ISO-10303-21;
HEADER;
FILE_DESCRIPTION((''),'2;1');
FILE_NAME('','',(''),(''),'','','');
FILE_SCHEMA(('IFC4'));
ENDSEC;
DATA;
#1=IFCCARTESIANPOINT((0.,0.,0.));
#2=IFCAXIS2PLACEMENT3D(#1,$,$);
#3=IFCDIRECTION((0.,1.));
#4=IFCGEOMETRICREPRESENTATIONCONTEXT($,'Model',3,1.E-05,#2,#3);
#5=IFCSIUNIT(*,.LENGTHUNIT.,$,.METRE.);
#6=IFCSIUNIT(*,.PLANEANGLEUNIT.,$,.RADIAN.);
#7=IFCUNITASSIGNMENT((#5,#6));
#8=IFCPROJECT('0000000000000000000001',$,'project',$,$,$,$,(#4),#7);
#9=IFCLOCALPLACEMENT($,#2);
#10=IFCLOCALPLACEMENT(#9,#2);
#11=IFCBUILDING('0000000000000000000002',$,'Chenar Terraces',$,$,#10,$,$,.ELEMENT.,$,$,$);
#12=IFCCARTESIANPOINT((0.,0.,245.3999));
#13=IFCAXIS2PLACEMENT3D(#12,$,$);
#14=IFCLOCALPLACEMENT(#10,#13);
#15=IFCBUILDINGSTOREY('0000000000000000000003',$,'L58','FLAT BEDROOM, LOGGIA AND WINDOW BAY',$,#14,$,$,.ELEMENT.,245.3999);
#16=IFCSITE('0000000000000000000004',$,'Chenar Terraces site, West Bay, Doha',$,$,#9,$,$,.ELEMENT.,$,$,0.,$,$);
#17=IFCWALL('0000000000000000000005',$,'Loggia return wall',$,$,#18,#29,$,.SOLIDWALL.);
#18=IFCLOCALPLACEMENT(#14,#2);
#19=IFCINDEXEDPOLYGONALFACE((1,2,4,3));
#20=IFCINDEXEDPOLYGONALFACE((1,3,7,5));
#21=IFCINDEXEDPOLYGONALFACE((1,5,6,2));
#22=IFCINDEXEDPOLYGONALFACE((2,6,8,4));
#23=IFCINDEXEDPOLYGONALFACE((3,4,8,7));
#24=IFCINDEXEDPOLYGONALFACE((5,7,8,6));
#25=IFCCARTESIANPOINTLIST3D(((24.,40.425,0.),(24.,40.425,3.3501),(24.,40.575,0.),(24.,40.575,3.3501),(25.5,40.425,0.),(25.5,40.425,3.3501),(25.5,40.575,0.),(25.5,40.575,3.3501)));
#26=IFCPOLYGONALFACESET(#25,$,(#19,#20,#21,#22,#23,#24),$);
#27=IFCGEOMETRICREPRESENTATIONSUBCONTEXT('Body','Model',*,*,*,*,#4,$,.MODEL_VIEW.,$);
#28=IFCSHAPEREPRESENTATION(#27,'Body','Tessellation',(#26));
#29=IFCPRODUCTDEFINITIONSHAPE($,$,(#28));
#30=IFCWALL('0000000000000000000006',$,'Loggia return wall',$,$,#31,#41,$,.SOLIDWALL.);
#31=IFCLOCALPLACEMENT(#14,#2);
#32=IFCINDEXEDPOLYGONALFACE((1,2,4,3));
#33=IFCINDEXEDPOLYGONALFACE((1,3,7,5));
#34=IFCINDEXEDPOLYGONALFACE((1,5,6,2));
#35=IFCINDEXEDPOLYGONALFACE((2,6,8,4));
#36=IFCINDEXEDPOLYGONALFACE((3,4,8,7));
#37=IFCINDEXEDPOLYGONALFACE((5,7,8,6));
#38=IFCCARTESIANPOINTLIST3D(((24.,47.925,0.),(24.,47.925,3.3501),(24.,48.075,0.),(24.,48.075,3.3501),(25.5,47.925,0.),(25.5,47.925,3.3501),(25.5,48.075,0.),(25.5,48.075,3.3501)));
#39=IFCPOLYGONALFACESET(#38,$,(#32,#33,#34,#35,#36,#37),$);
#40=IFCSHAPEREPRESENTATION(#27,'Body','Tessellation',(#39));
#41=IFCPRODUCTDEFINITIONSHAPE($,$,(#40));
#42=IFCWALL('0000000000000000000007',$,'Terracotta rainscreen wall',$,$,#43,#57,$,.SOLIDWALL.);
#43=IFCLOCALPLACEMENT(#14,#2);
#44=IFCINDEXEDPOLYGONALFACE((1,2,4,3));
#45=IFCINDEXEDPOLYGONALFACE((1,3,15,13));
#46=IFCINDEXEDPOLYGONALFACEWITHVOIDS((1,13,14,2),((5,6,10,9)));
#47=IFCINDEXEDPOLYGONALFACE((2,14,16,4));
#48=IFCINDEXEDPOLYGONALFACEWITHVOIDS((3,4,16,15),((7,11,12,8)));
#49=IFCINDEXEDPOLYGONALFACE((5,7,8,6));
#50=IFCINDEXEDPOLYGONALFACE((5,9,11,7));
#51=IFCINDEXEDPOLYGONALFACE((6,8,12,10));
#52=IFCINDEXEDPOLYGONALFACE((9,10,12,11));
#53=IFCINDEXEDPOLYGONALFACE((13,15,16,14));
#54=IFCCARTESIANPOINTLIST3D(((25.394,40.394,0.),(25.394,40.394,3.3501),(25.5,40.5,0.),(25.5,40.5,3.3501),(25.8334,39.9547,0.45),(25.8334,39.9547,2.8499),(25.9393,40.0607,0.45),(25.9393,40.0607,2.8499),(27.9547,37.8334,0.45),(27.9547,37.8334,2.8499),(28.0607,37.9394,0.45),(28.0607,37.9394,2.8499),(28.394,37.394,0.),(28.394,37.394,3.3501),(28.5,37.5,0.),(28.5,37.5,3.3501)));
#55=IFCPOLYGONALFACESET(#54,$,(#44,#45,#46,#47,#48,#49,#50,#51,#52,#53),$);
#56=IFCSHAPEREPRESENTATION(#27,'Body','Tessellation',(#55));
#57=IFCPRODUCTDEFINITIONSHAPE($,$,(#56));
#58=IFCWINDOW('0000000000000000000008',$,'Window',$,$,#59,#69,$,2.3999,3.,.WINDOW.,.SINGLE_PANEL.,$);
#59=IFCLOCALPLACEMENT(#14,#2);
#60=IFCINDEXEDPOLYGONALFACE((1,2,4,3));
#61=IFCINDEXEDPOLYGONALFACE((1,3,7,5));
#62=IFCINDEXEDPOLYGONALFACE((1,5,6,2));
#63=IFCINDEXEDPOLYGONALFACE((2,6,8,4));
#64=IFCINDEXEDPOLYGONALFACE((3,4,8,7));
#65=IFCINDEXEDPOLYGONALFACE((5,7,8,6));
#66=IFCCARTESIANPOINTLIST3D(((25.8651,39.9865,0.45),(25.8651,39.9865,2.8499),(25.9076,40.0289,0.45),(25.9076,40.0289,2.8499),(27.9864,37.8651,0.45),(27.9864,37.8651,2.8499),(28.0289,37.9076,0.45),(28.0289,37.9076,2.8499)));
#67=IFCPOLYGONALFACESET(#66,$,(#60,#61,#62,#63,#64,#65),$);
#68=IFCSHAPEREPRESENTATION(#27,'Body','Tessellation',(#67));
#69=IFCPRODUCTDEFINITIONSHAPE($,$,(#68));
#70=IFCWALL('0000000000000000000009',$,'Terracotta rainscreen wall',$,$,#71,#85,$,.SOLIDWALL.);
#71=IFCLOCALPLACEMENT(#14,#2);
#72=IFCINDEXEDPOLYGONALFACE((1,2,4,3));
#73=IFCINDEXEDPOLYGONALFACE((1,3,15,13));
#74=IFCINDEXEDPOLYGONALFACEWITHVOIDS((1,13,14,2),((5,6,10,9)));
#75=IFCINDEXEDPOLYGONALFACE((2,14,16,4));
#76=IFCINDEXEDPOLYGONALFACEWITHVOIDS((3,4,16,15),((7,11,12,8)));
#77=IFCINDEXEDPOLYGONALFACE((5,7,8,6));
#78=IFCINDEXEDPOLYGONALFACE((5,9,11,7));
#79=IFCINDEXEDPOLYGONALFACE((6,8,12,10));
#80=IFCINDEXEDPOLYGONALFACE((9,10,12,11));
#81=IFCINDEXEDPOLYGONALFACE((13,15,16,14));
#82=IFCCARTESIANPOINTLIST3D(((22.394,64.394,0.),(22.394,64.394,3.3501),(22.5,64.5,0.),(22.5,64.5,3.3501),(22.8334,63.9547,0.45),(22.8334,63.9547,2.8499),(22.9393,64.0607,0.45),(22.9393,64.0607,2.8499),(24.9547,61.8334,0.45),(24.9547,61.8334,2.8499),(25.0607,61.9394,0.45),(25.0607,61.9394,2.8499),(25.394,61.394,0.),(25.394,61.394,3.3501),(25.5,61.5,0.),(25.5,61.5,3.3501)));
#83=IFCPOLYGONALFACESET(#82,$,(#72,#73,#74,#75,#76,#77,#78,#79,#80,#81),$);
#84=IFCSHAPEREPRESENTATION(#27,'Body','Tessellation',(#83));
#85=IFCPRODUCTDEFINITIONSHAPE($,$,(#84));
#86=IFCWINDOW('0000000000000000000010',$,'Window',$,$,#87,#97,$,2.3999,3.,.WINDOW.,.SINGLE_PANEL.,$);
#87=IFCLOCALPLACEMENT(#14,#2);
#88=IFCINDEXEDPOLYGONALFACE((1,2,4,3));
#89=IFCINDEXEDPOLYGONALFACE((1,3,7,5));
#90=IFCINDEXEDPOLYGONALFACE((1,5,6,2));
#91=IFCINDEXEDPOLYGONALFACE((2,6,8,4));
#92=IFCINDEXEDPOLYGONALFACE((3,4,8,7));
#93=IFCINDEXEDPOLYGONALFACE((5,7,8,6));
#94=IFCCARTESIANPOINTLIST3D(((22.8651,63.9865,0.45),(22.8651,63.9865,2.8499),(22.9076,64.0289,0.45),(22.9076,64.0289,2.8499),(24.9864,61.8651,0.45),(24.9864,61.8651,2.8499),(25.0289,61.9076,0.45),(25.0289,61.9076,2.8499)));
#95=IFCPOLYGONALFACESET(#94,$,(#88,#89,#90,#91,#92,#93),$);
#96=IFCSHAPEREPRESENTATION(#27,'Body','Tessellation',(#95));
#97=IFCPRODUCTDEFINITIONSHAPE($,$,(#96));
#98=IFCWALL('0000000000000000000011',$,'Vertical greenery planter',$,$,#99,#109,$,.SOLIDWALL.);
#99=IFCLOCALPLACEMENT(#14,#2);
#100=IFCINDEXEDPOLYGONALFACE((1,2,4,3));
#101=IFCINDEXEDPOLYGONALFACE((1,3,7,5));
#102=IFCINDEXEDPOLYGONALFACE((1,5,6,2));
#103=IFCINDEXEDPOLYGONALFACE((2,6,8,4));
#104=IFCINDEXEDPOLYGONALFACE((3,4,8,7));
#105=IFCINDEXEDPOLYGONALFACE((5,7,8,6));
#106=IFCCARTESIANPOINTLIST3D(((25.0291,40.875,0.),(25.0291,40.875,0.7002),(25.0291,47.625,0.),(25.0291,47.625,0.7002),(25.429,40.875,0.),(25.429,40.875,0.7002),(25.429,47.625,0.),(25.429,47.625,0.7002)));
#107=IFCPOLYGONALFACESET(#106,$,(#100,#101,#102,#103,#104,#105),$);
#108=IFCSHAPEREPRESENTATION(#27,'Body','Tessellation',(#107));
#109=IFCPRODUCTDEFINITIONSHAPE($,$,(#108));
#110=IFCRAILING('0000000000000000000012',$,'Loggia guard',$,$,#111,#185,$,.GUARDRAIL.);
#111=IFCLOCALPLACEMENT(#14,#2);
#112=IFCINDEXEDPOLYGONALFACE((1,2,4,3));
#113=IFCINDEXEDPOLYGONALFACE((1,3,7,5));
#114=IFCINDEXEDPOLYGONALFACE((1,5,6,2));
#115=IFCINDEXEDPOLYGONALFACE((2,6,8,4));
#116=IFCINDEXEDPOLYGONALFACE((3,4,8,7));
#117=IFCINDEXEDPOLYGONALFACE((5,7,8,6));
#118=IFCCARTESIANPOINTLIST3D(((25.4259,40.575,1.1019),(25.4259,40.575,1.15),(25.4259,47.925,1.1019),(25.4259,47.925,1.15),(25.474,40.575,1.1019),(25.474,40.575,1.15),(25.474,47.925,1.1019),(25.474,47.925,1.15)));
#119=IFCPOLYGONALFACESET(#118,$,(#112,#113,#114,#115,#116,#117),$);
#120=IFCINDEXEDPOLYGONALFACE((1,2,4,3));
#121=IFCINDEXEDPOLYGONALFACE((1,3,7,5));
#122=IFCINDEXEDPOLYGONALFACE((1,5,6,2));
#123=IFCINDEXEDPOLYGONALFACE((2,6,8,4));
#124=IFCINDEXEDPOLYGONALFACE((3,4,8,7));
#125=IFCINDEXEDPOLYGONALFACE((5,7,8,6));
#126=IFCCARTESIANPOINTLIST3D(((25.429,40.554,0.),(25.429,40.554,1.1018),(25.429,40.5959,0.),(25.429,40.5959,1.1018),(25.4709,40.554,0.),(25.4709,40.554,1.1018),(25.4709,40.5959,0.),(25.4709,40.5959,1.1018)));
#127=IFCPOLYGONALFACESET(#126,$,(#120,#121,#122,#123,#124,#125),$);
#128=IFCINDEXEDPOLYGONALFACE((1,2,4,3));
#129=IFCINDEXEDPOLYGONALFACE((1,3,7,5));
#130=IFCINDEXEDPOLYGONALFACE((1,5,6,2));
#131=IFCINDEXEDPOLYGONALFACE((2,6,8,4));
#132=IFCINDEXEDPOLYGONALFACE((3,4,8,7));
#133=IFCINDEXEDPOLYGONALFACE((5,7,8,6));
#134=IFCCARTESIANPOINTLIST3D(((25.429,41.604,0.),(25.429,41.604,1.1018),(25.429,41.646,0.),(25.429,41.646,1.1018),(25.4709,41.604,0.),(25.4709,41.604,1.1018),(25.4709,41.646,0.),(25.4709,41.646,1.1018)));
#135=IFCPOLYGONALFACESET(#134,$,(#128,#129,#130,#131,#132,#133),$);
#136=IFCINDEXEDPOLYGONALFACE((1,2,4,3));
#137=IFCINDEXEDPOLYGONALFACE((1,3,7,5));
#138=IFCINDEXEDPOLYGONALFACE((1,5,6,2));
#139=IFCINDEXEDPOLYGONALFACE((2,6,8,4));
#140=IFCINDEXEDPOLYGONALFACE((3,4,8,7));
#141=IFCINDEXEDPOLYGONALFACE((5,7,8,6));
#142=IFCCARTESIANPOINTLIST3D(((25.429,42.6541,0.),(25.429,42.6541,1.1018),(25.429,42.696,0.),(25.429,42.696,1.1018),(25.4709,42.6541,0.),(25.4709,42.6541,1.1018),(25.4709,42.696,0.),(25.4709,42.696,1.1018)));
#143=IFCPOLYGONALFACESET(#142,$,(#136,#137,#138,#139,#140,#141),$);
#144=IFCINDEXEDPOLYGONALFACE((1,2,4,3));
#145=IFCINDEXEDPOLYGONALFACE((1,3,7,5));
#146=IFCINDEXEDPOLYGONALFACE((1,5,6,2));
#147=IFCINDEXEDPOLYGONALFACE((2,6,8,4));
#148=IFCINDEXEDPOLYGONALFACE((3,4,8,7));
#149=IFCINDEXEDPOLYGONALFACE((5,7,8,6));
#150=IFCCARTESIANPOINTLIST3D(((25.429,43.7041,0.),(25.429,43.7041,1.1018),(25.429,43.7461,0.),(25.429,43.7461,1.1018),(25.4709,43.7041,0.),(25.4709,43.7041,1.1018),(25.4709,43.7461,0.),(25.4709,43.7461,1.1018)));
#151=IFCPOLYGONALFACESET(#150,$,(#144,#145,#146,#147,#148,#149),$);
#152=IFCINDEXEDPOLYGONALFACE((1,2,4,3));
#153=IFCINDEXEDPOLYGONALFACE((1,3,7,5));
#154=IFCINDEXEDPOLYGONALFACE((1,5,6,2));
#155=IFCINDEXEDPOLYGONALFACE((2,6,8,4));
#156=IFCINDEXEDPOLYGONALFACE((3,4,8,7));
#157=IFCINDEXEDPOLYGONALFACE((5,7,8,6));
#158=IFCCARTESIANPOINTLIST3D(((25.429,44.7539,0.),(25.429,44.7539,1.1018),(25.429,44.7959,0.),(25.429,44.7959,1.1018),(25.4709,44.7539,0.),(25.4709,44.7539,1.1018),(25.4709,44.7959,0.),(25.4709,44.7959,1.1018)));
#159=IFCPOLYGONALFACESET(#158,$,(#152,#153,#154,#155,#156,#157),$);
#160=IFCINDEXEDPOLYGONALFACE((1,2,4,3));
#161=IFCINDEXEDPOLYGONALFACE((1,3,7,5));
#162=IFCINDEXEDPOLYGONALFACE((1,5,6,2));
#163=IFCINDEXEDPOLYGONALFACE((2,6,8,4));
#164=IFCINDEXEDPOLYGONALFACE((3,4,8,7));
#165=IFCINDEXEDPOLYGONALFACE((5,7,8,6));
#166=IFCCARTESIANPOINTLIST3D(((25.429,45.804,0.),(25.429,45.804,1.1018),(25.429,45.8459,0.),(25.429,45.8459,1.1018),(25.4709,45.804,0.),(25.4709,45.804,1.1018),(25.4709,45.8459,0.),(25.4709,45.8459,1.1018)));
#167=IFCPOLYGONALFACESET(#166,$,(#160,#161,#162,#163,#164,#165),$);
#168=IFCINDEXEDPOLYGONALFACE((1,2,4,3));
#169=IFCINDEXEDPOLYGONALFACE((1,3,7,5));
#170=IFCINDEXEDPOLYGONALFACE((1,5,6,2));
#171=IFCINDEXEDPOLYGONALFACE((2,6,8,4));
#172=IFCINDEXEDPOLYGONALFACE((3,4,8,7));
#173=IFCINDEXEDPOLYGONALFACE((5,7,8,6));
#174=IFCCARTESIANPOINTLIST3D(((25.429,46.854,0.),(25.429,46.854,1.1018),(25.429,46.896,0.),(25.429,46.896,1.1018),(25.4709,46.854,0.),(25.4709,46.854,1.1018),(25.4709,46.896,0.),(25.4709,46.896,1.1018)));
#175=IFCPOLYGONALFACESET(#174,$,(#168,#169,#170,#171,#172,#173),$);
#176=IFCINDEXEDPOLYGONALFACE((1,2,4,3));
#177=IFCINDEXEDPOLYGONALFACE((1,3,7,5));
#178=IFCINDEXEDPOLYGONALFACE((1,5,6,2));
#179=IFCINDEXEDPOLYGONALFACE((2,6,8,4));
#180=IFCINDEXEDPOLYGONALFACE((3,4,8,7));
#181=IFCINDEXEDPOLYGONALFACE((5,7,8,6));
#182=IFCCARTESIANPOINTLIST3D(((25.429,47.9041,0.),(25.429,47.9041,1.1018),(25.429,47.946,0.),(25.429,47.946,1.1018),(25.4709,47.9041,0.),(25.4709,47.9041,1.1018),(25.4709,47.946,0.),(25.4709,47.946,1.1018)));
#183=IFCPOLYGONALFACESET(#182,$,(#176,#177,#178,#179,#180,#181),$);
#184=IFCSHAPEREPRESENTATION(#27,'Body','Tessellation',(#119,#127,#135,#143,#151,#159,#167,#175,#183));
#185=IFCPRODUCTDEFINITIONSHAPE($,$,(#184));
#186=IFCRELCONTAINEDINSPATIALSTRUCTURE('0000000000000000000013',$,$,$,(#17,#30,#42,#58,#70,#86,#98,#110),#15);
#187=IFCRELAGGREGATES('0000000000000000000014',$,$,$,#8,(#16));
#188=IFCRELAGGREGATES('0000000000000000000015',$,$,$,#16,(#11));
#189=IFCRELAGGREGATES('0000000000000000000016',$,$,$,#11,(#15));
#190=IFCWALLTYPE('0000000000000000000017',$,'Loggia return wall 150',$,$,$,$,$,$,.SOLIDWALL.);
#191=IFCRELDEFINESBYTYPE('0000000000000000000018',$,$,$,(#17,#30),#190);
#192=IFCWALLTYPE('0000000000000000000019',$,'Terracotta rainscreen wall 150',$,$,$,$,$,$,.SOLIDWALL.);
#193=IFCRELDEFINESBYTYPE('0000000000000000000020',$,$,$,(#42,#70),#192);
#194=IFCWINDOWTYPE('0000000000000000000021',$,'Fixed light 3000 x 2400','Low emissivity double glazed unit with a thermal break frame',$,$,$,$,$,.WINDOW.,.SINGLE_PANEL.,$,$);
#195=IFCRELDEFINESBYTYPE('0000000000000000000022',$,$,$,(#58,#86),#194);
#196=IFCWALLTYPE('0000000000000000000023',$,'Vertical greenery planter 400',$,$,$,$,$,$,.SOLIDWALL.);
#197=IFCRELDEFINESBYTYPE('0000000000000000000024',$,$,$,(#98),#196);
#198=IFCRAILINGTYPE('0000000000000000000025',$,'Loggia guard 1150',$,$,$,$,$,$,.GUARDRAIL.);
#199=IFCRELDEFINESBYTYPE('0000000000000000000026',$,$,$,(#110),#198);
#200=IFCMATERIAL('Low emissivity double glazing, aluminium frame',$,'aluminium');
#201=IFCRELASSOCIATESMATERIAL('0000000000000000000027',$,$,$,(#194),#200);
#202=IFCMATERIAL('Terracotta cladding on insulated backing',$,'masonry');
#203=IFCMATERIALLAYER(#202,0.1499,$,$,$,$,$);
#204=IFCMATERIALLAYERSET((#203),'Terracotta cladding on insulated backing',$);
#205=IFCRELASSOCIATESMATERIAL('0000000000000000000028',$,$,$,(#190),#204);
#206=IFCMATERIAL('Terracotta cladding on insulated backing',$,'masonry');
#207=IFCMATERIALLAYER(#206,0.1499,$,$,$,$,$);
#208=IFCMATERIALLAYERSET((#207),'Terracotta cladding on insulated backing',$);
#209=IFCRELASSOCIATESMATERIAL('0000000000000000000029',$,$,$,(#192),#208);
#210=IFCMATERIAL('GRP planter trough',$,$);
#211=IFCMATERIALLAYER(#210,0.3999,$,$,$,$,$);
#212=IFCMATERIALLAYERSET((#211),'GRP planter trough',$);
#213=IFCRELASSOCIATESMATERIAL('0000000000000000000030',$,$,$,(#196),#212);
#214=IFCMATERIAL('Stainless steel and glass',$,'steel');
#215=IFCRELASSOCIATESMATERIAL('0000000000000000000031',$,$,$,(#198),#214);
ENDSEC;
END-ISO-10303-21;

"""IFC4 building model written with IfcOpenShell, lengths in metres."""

from ifc_helpers import new_model, si_unit, direction, frame, frame_2d, origin, origin_2d, place, context, subcontext, project, spatial, rectangle, extrude, material, layer, layer_set, type_object, element, fill, save


model = new_model("IFC4")

# Units and contexts
model_context = context("Model", 3, precision=1e-05, world=origin(), true_north=direction((0.0, 1.0)))
body_context = subcontext(model_context, "Body", "Model", "MODEL_VIEW")
ifc_project = project(units=[si_unit("LENGTHUNIT", "METRE"), si_unit("PLANEANGLEUNIT", "RADIAN")], contexts=[model_context])

# Site, building, storey
site_placement = place(None, origin())
site = spatial("IfcSite", under=ifc_project, at=site_placement, Name="Chenar Terraces site, West Bay, Doha", CompositionType="ELEMENT", RefElevation=0.0)
building_placement = place(site_placement, origin())
building = spatial("IfcBuilding", under=site, at=building_placement, Name="Chenar Terraces", CompositionType="ELEMENT")
storey_placement = place(building_placement, frame((0.0, 0.0, 245.3999)))
storey = spatial("IfcBuildingStorey", under=building, at=storey_placement, Name="L58", Description="FLAT BEDROOM, LOGGIA AND WINDOW BAY", CompositionType="ELEMENT", Elevation=245.3999)

# Shared definitions
ifc_material_1 = material(Name="Low emissivity double glazing, aluminium frame", Category="aluminium")
window_type_1 = type_object("IfcWindowType", Name="Fixed light 3000 x 2400", Description="Low emissivity double glazed unit with a thermal break frame", PartitioningType="SINGLE_PANEL", PredefinedType="WINDOW", material=ifc_material_1)

# Walls
ifc_material_2 = material(Name="Terracotta cladding on insulated backing", Category="masonry")
ifc_layer_1 = layer(ifc_material_2, 0.1499)
ifc_layer_set_1 = layer_set([ifc_layer_1], Name="Terracotta cladding on insulated backing")
wall_type_1 = type_object("IfcWallType", Name="Loggia return wall 150", PredefinedType="SOLIDWALL", material=ifc_layer_set_1)
for number, where, z_axis, x_axis, name in (
    (1, (25.5, 40.5, 0.0), (0.0, 0.0, 1.0), (-1.0, 0.0, 0.0), "Loggia return wall"),
    (2, (25.5, 48.0, 0.0), (0.0, 0.0, 1.0), (-1.0, 0.0, 0.0), "Loggia return wall"),
):
    element("IfcWall", number, at=place(storey_placement, frame(where, z_axis=z_axis, x_axis=x_axis)), inside=storey, type_object=wall_type_1, Name=name, PredefinedType="SOLIDWALL", context=body_context, shape_type="SweptSolid", body=[
        extrude(rectangle(XDim=1.5, YDim=0.1499, at=frame_2d((0.75, 0.0))), origin(), (0.0, 0.0, 1.0), 3.3501),
    ])

# Walls, openings, windows
ifc_material_3 = material(Name="Terracotta cladding on insulated backing", Category="masonry")
ifc_layer_2 = layer(ifc_material_3, 0.1499)
ifc_layer_set_2 = layer_set([ifc_layer_2], Name="Terracotta cladding on insulated backing")
wall_type_2 = type_object("IfcWallType", Name="Terracotta rainscreen wall 150", PredefinedType="SOLIDWALL", material=ifc_layer_set_2)
wall_1_placement = place(storey_placement, frame((28.447, 37.447, 0.0), z_axis=(0.0, 0.0, 1.0), x_axis=(-0.707107, 0.707107, 0.0)))
wall_1 = element("IfcWall", 3, at=wall_1_placement, inside=storey, type_object=wall_type_2, Name="Terracotta rainscreen wall", PredefinedType="SOLIDWALL", context=body_context, shape_type="SweptSolid", body=[
    extrude(rectangle(XDim=4.2427, YDim=0.1499, at=frame_2d((2.1213, 0.0))), origin(), (0.0, 0.0, 1.0), 3.3501),
])
opening_1_placement = place(wall_1_placement, frame((0.6213, 0.0, 0.45)))
opening_1 = element("IfcOpeningElement", 4, at=opening_1_placement, cuts=wall_1, PredefinedType="OPENING", context=body_context, shape_type="SweptSolid", body=[
    extrude(rectangle(XDim=3.0, YDim=2.3999, at=frame_2d((1.5, 1.2))), frame((0.0, 0.085, 0.0), z_axis=(0.0, -1.0, 0.0), x_axis=(1.0, 0.0, 0.0)), (0.0, 0.0, 1.0), 0.1699),
])
window_1_placement = place(opening_1_placement, origin())
window_1 = element("IfcWindow", 5, at=window_1_placement, inside=storey, type_object=window_type_1, Name="Window", OverallHeight=2.3999, OverallWidth=3.0, PartitioningType="SINGLE_PANEL", PredefinedType="WINDOW", context=body_context, shape_type="SweptSolid", body=[
    extrude(rectangle(XDim=3.0, YDim=2.3999, at=frame_2d((1.5, 1.2))), frame((0.0, 0.03, 0.0), z_axis=(0.0, -1.0, 0.0), x_axis=(1.0, 0.0, 0.0)), (0.0, 0.0, 1.0), 0.0601),
])
fill(opening_1, window_1)
wall_2_placement = place(storey_placement, frame((25.447, 61.447, 0.0), z_axis=(0.0, 0.0, 1.0), x_axis=(-0.707107, 0.707107, 0.0)))
wall_2 = element("IfcWall", 6, at=wall_2_placement, inside=storey, type_object=wall_type_2, Name="Terracotta rainscreen wall", PredefinedType="SOLIDWALL", context=body_context, shape_type="SweptSolid", body=[
    extrude(rectangle(XDim=4.2427, YDim=0.1499, at=frame_2d((2.1213, 0.0))), origin(), (0.0, 0.0, 1.0), 3.3501),
])
opening_2_placement = place(wall_2_placement, frame((0.6213, 0.0, 0.45)))
opening_2 = element("IfcOpeningElement", 7, at=opening_2_placement, cuts=wall_2, PredefinedType="OPENING", context=body_context, shape_type="SweptSolid", body=[
    extrude(rectangle(XDim=3.0, YDim=2.3999, at=frame_2d((1.5, 1.2))), frame((0.0, 0.085, 0.0), z_axis=(0.0, -1.0, 0.0), x_axis=(1.0, 0.0, 0.0)), (0.0, 0.0, 1.0), 0.1699),
])
window_2_placement = place(opening_2_placement, origin())
window_2 = element("IfcWindow", 8, at=window_2_placement, inside=storey, type_object=window_type_1, Name="Window", OverallHeight=2.3999, OverallWidth=3.0, PartitioningType="SINGLE_PANEL", PredefinedType="WINDOW", context=body_context, shape_type="SweptSolid", body=[
    extrude(rectangle(XDim=3.0, YDim=2.3999, at=frame_2d((1.5, 1.2))), frame((0.0, 0.03, 0.0), z_axis=(0.0, -1.0, 0.0), x_axis=(1.0, 0.0, 0.0)), (0.0, 0.0, 1.0), 0.0601),
])
fill(opening_2, window_2)

# Wall
ifc_material_4 = material(Name="GRP planter trough")
ifc_layer_3 = layer(ifc_material_4, 0.3999)
ifc_layer_set_3 = layer_set([ifc_layer_3], Name="GRP planter trough")
wall_type_3 = type_object("IfcWallType", Name="Vertical greenery planter 400", PredefinedType="SOLIDWALL", material=ifc_layer_set_3)
wall_3_placement = place(storey_placement, frame((25.229, 40.875, 0.0), z_axis=(0.0, 0.0, 1.0), x_axis=(0.0, 1.0, 0.0)))
element("IfcWall", 9, at=wall_3_placement, inside=storey, type_object=wall_type_3, Name="Vertical greenery planter", PredefinedType="SOLIDWALL", context=body_context, shape_type="SweptSolid", body=[
    extrude(rectangle(XDim=6.75, YDim=0.3999, at=frame_2d((3.375, 0.0))), origin(), (0.0, 0.0, 1.0), 0.7002),
])

# Railing
ifc_material_5 = material(Name="Stainless steel and glass", Category="steel")
railing_type = type_object("IfcRailingType", Name="Loggia guard 1150", PredefinedType="GUARDRAIL", material=ifc_material_5)
railing_placement = place(storey_placement, frame((25.45, 40.575, 0.0)))
element("IfcRailing", 10, at=railing_placement, inside=storey, type_object=railing_type, Name="Loggia guard", PredefinedType="GUARDRAIL", context=body_context, shape_type="SweptSolid", body=[
    extrude(rectangle(XDim=0.0481, YDim=0.0481, at=origin_2d()), frame((0.0, 0.0, 1.126), z_axis=(0.0, 1.0, 0.0), x_axis=(-1.0, 0.0, 0.0)), (0.0, 0.0, 1.0), 7.3501),
    extrude(rectangle(XDim=0.042, YDim=0.042, at=origin_2d()), origin(), (0.0, 0.0, 1.0), 1.1018),
    extrude(rectangle(XDim=0.042, YDim=0.042, at=origin_2d()), frame((0.0, 1.05, 0.0)), (0.0, 0.0, 1.0), 1.1018),
    extrude(rectangle(XDim=0.042, YDim=0.042, at=origin_2d()), frame((0.0, 2.1001, 0.0)), (0.0, 0.0, 1.0), 1.1018),
    extrude(rectangle(XDim=0.042, YDim=0.042, at=origin_2d()), frame((0.0, 3.1501, 0.0)), (0.0, 0.0, 1.0), 1.1018),
    extrude(rectangle(XDim=0.042, YDim=0.042, at=origin_2d()), frame((0.0, 4.2, 0.0)), (0.0, 0.0, 1.0), 1.1018),
    extrude(rectangle(XDim=0.042, YDim=0.042, at=origin_2d()), frame((0.0, 5.25, 0.0)), (0.0, 0.0, 1.0), 1.1018),
    extrude(rectangle(XDim=0.042, YDim=0.042, at=origin_2d()), frame((0.0, 6.3, 0.0)), (0.0, 0.0, 1.0), 1.1018),
    extrude(rectangle(XDim=0.042, YDim=0.042, at=origin_2d()), frame((0.0, 7.3501, 0.0)), (0.0, 0.0, 1.0), 1.1018),
])

save(model, "model.ifc")
